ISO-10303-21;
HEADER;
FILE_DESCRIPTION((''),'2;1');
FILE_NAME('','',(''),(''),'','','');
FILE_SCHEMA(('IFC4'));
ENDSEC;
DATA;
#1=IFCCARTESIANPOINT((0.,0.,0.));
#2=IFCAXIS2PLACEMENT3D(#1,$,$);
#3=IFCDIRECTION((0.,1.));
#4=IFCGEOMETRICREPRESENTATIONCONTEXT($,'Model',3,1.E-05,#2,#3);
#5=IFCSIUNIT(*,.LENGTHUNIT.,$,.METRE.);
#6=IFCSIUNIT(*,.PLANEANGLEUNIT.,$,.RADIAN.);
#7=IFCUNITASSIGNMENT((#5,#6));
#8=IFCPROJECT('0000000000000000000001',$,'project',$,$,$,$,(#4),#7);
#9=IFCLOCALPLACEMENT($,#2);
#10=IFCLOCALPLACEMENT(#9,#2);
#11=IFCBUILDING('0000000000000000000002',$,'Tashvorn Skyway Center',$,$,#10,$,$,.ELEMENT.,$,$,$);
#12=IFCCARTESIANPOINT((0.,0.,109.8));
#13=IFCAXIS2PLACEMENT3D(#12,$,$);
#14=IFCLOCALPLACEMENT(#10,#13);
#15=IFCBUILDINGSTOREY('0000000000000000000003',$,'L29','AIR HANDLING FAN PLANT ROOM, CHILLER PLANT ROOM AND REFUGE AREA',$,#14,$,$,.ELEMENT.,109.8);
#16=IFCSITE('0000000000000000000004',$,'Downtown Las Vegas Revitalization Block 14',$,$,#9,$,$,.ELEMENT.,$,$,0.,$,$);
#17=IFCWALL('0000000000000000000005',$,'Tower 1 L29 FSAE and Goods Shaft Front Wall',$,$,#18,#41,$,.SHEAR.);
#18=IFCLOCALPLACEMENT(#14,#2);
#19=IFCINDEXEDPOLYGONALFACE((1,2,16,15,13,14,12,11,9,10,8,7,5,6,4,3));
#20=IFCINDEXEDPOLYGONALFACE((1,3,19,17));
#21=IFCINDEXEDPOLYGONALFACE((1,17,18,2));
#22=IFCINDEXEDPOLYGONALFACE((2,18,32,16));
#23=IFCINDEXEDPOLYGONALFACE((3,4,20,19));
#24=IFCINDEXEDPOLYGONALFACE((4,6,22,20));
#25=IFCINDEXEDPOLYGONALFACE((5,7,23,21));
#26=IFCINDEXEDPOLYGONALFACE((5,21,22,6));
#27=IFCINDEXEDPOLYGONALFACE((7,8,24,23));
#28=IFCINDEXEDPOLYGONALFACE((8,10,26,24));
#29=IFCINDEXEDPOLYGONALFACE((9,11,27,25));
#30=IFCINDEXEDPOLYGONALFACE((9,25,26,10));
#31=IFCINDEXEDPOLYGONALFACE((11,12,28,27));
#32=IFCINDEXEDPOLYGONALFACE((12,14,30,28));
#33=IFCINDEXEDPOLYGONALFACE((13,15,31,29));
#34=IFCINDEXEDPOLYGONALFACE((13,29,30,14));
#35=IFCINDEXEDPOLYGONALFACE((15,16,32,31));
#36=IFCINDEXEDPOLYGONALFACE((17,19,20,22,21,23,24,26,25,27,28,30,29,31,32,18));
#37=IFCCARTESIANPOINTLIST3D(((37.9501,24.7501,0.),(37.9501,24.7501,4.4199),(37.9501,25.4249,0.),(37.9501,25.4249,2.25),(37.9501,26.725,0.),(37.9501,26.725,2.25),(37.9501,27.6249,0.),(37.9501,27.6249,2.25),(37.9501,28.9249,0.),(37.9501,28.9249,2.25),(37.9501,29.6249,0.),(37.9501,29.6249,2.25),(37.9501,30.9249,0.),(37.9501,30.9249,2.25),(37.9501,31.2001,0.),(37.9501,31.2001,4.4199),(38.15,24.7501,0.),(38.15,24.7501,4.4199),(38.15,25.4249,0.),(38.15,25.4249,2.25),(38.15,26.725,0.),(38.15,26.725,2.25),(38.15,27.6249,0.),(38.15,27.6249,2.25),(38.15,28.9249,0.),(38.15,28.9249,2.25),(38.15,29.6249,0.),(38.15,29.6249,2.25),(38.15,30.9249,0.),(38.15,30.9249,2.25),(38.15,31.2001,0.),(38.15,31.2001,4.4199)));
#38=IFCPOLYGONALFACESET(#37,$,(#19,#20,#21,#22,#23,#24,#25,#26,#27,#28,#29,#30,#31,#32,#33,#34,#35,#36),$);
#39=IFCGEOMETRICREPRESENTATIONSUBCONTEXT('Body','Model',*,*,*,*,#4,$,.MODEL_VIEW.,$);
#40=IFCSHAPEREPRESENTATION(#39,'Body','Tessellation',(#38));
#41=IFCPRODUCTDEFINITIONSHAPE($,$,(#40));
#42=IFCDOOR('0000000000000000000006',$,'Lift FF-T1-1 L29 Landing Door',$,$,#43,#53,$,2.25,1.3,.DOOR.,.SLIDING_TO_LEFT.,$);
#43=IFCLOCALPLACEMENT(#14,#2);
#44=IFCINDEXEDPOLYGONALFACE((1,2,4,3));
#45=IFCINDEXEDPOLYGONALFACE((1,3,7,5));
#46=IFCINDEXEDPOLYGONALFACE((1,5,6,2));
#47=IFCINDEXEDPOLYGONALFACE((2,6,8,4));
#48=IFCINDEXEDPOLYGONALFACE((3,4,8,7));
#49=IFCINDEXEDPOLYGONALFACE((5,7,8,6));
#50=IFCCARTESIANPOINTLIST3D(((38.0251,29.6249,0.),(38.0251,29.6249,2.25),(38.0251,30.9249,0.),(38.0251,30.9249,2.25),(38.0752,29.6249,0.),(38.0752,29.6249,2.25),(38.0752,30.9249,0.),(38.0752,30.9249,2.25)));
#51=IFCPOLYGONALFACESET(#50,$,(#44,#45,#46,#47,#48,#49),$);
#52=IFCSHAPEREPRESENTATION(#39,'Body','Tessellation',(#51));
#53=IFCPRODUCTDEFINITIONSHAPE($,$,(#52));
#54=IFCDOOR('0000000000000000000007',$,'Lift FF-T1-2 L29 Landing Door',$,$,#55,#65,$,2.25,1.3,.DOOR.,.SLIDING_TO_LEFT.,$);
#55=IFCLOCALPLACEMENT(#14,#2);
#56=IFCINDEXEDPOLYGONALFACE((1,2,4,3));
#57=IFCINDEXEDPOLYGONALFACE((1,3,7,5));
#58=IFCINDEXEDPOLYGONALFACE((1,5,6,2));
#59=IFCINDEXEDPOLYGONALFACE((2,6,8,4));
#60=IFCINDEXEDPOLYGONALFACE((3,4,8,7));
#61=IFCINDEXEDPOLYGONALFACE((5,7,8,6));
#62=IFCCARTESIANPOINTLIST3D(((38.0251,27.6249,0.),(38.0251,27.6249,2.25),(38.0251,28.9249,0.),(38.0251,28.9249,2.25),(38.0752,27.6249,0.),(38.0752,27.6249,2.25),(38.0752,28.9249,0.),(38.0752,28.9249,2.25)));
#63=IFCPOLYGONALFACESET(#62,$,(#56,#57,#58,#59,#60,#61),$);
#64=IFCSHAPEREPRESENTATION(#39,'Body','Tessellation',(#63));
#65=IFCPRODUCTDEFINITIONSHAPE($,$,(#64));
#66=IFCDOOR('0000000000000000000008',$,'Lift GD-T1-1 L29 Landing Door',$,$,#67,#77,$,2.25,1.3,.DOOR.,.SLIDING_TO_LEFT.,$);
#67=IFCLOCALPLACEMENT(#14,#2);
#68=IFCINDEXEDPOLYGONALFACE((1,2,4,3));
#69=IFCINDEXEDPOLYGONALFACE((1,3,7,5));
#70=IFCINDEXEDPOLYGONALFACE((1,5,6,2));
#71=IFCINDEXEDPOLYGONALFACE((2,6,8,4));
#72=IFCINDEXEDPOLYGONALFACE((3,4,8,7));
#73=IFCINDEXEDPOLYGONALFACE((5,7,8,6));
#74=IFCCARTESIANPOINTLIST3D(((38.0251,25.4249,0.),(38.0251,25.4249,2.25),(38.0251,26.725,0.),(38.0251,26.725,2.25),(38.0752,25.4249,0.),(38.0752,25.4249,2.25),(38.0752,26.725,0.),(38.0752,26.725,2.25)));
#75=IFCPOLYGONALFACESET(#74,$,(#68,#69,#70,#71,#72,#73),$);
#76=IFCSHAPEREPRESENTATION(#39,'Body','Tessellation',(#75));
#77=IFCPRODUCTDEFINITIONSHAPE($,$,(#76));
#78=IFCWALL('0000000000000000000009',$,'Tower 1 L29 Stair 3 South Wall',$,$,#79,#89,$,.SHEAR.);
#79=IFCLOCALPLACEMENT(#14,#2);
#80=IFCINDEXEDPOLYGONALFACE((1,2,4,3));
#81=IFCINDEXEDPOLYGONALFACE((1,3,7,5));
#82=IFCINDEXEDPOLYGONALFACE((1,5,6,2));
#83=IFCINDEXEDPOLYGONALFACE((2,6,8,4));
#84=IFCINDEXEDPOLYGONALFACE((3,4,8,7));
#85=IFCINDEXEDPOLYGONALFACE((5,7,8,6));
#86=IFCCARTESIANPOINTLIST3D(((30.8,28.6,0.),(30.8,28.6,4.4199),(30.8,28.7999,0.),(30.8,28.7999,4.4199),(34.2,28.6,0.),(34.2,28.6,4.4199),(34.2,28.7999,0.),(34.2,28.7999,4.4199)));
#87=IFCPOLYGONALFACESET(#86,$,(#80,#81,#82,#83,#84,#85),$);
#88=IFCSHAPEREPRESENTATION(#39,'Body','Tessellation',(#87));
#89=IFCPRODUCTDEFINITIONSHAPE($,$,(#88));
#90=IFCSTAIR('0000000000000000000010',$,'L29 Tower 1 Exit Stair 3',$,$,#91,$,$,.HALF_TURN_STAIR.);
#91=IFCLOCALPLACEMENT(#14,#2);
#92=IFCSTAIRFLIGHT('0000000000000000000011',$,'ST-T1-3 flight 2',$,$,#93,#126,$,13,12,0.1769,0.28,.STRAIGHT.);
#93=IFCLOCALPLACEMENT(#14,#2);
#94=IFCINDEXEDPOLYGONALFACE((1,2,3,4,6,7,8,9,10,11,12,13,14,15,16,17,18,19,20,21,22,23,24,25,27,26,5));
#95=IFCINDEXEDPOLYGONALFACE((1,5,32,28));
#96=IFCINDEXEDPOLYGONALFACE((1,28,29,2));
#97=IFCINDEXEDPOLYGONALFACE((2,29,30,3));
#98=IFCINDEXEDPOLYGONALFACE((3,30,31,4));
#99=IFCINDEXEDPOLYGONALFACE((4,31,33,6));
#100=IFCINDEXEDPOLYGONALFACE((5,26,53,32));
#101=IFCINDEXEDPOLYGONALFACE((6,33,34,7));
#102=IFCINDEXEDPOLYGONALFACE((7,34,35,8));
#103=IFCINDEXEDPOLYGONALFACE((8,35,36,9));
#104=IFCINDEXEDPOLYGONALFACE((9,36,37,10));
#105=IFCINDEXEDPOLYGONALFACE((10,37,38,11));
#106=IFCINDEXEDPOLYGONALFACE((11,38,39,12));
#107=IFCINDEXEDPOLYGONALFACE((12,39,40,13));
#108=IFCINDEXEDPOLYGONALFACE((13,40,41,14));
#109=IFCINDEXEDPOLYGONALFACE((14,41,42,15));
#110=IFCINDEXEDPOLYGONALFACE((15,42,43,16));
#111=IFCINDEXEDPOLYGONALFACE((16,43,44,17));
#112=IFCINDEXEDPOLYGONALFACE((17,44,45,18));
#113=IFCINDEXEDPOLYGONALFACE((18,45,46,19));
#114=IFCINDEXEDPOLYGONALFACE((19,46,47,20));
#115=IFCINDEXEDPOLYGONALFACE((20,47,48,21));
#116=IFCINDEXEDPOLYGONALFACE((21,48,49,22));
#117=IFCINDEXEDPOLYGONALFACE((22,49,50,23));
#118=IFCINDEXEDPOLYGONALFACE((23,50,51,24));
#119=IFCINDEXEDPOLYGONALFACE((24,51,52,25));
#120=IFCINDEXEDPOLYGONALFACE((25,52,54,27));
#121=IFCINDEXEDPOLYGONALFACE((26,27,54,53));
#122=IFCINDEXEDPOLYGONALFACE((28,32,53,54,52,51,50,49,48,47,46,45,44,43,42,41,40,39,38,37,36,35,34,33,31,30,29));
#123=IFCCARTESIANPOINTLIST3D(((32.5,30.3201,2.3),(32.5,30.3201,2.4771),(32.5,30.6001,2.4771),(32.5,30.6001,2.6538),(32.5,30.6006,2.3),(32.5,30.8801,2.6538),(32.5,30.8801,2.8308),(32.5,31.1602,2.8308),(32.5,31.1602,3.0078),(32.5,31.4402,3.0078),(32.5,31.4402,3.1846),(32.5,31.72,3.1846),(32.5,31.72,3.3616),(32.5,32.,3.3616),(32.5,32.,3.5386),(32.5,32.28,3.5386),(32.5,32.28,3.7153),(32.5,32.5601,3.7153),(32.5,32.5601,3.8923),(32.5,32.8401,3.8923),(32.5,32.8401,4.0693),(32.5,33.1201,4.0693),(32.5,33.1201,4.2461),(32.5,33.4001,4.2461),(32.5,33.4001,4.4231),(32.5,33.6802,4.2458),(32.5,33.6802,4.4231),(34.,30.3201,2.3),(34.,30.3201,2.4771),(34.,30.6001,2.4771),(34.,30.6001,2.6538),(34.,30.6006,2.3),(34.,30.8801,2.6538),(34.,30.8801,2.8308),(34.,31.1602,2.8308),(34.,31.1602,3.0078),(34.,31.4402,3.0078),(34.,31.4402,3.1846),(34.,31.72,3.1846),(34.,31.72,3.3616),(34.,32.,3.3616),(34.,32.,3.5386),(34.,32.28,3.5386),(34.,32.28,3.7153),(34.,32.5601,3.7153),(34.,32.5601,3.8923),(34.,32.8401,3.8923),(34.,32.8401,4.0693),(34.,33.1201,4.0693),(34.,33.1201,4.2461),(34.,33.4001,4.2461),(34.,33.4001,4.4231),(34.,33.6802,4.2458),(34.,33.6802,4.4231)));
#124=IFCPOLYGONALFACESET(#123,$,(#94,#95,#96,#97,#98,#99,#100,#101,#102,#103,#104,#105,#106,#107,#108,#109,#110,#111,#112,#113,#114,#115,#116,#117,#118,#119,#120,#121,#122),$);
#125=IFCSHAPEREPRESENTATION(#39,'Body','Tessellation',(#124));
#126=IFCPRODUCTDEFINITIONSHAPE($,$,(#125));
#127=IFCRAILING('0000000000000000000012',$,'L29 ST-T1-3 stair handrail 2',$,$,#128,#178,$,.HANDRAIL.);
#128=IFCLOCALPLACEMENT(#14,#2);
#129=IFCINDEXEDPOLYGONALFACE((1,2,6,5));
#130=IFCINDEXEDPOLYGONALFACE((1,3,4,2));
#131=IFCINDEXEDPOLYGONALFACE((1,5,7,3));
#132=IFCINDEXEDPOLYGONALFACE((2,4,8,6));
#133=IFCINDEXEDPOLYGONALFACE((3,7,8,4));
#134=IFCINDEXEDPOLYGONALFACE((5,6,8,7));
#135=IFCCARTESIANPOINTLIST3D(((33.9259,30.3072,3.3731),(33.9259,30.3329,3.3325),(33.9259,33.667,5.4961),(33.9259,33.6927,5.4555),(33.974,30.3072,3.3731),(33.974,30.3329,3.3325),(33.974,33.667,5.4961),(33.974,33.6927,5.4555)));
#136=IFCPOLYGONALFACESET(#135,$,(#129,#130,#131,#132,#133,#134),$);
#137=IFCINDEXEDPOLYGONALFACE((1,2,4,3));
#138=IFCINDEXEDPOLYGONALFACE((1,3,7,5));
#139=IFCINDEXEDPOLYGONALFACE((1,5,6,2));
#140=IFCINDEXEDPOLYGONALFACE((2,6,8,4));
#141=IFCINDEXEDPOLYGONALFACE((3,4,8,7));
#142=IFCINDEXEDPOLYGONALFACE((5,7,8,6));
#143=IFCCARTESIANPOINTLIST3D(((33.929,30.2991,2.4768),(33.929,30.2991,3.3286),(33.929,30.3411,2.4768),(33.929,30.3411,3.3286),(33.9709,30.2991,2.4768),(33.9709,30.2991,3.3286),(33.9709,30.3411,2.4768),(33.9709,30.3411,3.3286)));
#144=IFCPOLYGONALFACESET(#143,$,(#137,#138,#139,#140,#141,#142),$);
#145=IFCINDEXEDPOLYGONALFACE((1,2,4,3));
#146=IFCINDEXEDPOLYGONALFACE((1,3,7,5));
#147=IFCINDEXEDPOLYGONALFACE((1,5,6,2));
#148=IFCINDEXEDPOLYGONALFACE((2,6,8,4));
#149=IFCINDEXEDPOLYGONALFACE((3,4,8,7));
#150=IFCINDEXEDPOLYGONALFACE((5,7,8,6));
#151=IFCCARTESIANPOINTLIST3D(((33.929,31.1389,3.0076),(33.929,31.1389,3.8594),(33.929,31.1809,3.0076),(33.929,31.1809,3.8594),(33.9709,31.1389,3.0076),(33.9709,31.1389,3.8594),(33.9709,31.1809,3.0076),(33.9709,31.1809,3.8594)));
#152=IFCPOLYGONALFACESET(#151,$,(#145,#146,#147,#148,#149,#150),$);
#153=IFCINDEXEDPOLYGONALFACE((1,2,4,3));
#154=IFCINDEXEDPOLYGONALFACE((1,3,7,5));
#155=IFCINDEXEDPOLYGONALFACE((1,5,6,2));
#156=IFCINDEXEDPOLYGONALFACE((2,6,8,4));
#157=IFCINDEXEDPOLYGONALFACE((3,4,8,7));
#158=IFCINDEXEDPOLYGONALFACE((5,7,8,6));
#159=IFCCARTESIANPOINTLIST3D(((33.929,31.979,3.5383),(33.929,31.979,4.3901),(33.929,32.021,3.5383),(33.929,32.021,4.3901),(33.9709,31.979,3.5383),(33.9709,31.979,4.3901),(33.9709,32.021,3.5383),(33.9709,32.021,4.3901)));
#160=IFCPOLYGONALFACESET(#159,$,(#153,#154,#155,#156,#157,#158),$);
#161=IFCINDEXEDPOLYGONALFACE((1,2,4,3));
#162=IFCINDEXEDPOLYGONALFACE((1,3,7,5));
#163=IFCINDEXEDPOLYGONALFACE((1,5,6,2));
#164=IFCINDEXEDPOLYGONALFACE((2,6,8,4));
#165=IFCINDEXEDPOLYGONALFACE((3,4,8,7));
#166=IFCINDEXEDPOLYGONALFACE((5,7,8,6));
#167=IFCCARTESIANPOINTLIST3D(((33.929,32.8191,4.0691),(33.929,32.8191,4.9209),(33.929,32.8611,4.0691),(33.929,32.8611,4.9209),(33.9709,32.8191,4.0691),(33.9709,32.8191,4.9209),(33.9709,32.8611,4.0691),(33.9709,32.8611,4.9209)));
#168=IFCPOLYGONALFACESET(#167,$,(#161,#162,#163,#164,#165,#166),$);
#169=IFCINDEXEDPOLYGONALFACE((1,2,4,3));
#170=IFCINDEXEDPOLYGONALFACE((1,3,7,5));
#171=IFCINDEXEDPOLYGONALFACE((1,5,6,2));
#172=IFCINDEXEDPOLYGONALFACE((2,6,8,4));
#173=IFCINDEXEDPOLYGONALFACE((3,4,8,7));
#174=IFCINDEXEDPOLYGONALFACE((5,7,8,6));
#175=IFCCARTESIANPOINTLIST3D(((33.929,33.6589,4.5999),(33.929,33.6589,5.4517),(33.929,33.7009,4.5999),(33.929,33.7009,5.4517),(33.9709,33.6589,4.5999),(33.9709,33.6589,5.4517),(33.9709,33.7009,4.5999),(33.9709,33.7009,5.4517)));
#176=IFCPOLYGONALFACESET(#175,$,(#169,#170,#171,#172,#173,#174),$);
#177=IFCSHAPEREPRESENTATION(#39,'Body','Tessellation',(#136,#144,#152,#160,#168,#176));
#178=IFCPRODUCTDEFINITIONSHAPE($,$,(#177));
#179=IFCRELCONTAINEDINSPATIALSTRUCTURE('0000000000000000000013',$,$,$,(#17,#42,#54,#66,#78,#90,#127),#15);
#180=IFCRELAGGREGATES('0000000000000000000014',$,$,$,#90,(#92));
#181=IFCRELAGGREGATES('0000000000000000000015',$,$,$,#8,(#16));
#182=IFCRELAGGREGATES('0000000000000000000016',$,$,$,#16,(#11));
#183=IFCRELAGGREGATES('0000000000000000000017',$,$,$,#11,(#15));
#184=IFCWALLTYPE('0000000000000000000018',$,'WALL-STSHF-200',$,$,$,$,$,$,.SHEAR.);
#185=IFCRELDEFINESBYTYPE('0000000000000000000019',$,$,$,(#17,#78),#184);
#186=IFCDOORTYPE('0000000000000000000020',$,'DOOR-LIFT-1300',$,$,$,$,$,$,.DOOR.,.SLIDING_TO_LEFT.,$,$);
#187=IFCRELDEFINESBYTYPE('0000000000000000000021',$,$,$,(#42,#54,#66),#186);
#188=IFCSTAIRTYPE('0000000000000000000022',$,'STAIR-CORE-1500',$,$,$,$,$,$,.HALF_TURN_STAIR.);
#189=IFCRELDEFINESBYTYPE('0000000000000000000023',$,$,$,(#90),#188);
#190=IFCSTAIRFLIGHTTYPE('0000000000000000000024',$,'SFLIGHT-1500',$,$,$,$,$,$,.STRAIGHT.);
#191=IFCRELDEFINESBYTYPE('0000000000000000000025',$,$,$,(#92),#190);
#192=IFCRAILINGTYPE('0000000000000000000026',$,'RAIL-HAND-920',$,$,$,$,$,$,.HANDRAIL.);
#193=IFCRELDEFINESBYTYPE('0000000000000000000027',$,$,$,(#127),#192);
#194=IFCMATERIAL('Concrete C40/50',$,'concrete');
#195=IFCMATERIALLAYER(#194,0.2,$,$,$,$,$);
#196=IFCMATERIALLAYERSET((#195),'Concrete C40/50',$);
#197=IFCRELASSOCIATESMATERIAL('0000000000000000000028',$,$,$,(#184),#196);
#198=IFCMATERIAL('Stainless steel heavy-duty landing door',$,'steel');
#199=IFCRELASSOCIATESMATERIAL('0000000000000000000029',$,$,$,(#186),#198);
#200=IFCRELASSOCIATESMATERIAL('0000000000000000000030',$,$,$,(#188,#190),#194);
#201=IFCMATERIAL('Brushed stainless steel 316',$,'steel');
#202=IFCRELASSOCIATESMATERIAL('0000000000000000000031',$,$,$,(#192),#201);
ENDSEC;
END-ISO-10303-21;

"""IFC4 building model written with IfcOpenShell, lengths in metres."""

from ifc_helpers import new_model, si_unit, direction, frame, frame_2d, origin, origin_2d, place, context, subcontext, project, spatial, polyline, rectangle, outline, extrude, material, layer, layer_set, type_object, element, fill, aggregate, save


model = new_model("IFC4")

# Units and contexts
model_context = context("Model", 3, precision=1e-05, world=origin(), true_north=direction((0.0, 1.0)))
body_context = subcontext(model_context, "Body", "Model", "MODEL_VIEW")
ifc_project = project(units=[si_unit("LENGTHUNIT", "METRE"), si_unit("PLANEANGLEUNIT", "RADIAN")], contexts=[model_context])

# Site, building, storey
site_placement = place(None, origin())
site = spatial("IfcSite", under=ifc_project, at=site_placement, Name="Downtown Las Vegas Revitalization Block 14", CompositionType="ELEMENT", RefElevation=0.0)
building_placement = place(site_placement, origin())
building = spatial("IfcBuilding", under=site, at=building_placement, Name="Tashvorn Skyway Center", CompositionType="ELEMENT")
storey_placement = place(building_placement, frame((0.0, 0.0, 109.8)))
storey = spatial("IfcBuildingStorey", under=building, at=storey_placement, Name="L29", Description="AIR HANDLING FAN PLANT ROOM, CHILLER PLANT ROOM AND REFUGE AREA", CompositionType="ELEMENT", Elevation=109.8)

# Shared definitions
ifc_material_1 = material(Name="Concrete C40/50", Category="concrete")

# Shared definitions
ifc_layer_1 = layer(ifc_material_1, 0.2)
ifc_layer_set_1 = layer_set([ifc_layer_1], Name="Concrete C40/50")
wall_type_1 = type_object("IfcWallType", Name="WALL-STSHF-200", PredefinedType="SHEAR", material=ifc_layer_set_1)

# Wall, openings, doors
wall_1_placement = place(storey_placement, frame((38.05, 24.75, 0.0), z_axis=(0.0, 0.0, 1.0), x_axis=(0.0, 1.0, 0.0)))
wall_1 = element("IfcWall", 1, at=wall_1_placement, inside=storey, type_object=wall_type_1, Name="Tower 1 L29 FSAE and Goods Shaft Front Wall", PredefinedType="SHEAR", context=body_context, shape_type="SweptSolid", body=[
    extrude(rectangle(XDim=6.45, YDim=0.2, at=frame_2d((3.2251, 0.0))), origin(), (0.0, 0.0, 1.0), 4.4199),
])
opening_1_placement = place(wall_1_placement, frame((4.875, 0.0, 0.0)))
opening_1 = element("IfcOpeningElement", 2, at=opening_1_placement, cuts=wall_1, PredefinedType="OPENING", context=body_context, shape_type="SweptSolid", body=[
    extrude(rectangle(XDim=1.3, YDim=2.25, at=frame_2d((0.6499, 1.125))), frame((0.0, 0.1099, 0.0), z_axis=(0.0, -1.0, 0.0), x_axis=(1.0, 0.0, 0.0)), (0.0, 0.0, 1.0), 0.22),
])
opening_2_placement = place(wall_1_placement, frame((2.875, 0.0, 0.0)))
opening_2 = element("IfcOpeningElement", 3, at=opening_2_placement, cuts=wall_1, PredefinedType="OPENING", context=body_context, shape_type="SweptSolid", body=[
    extrude(rectangle(XDim=1.3, YDim=2.25, at=frame_2d((0.6499, 1.125))), frame((0.0, 0.1099, 0.0), z_axis=(0.0, -1.0, 0.0), x_axis=(1.0, 0.0, 0.0)), (0.0, 0.0, 1.0), 0.22),
])
opening_3_placement = place(wall_1_placement, frame((0.675, 0.0, 0.0)))
opening_3 = element("IfcOpeningElement", 4, at=opening_3_placement, cuts=wall_1, PredefinedType="OPENING", context=body_context, shape_type="SweptSolid", body=[
    extrude(rectangle(XDim=1.3, YDim=2.25, at=frame_2d((0.6499, 1.125))), frame((0.0, 0.1099, 0.0), z_axis=(0.0, -1.0, 0.0), x_axis=(1.0, 0.0, 0.0)), (0.0, 0.0, 1.0), 0.22),
])
ifc_material_2 = material(Name="Stainless steel heavy-duty landing door", Category="steel")
door_type_1 = type_object("IfcDoorType", Name="DOOR-LIFT-1300", OperationType="SLIDING_TO_LEFT", PredefinedType="DOOR", material=ifc_material_2)
door_1_placement = place(opening_1_placement, origin())
door_1 = element("IfcDoor", 5, at=door_1_placement, inside=storey, type_object=door_type_1, Name="Lift FF-T1-1 L29 Landing Door", OperationType="SLIDING_TO_LEFT", OverallHeight=2.25, OverallWidth=1.3, PredefinedType="DOOR", context=body_context, shape_type="SweptSolid", body=[
    extrude(rectangle(XDim=1.3, YDim=2.25, at=frame_2d((0.6499, 1.125))), frame((0.0, 0.0249, 0.0), z_axis=(0.0, -1.0, 0.0), x_axis=(1.0, 0.0, 0.0)), (0.0, 0.0, 1.0), 0.05),
])
fill(opening_1, door_1)
door_2_placement = place(opening_2_placement, origin())
door_2 = element("IfcDoor", 6, at=door_2_placement, inside=storey, type_object=door_type_1, Name="Lift FF-T1-2 L29 Landing Door", OperationType="SLIDING_TO_LEFT", OverallHeight=2.25, OverallWidth=1.3, PredefinedType="DOOR", context=body_context, shape_type="SweptSolid", body=[
    extrude(rectangle(XDim=1.3, YDim=2.25, at=frame_2d((0.6499, 1.125))), frame((0.0, 0.0249, 0.0), z_axis=(0.0, -1.0, 0.0), x_axis=(1.0, 0.0, 0.0)), (0.0, 0.0, 1.0), 0.05),
])
fill(opening_2, door_2)
door_3_placement = place(opening_3_placement, origin())
door_3 = element("IfcDoor", 7, at=door_3_placement, inside=storey, type_object=door_type_1, Name="Lift GD-T1-1 L29 Landing Door", OperationType="SLIDING_TO_LEFT", OverallHeight=2.25, OverallWidth=1.3, PredefinedType="DOOR", context=body_context, shape_type="SweptSolid", body=[
    extrude(rectangle(XDim=1.3, YDim=2.25, at=frame_2d((0.6499, 1.125))), frame((0.0, 0.0249, 0.0), z_axis=(0.0, -1.0, 0.0), x_axis=(1.0, 0.0, 0.0)), (0.0, 0.0, 1.0), 0.05),
])
fill(opening_3, door_3)

# Wall
wall_2_placement = place(storey_placement, frame((30.8, 28.7, 0.0), z_axis=(0.0, 0.0, 1.0), x_axis=(1.0, 0.0, 0.0)))
element("IfcWall", 8, at=wall_2_placement, inside=storey, type_object=wall_type_1, Name="Tower 1 L29 Stair 3 South Wall", PredefinedType="SHEAR", context=body_context, shape_type="SweptSolid", body=[
    extrude(rectangle(XDim=3.3999, YDim=0.2, at=frame_2d((1.7, 0.0))), origin(), (0.0, 0.0, 1.0), 4.4199),
])

# Stair, stair flight
stair_type = type_object("IfcStairType", Name="STAIR-CORE-1500", PredefinedType="HALF_TURN_STAIR", material=ifc_material_1)
stair_placement = place(storey_placement, origin())
stair = element("IfcStair", 9, at=stair_placement, inside=storey, type_object=stair_type, Name="L29 Tower 1 Exit Stair 3", PredefinedType="HALF_TURN_STAIR")
stair_flight_type = type_object("IfcStairFlightType", Name="SFLIGHT-1500", PredefinedType="STRAIGHT", material=ifc_material_1)
stair_flight_placement = place(storey_placement, frame((33.25, 30.3201, 2.3), z_axis=(0.0, 0.0, 1.0), x_axis=(0.0, 1.0, 0.0)))
stair_flight = element("IfcStairFlight", 10, at=stair_flight_placement, type_object=stair_flight_type, Name="ST-T1-3 flight 2", NumberOfRisers=13, NumberOfTreads=12, PredefinedType="STRAIGHT", RiserHeight=0.1769, TreadLength=0.28, context=body_context, shape_type="SweptSolid", body=[
    extrude(outline(polyline([(0.0, 0.0), (0.0, 0.177), (0.28, 0.177), (0.28, 0.3538), (0.5601, 0.3538), (0.5601, 0.5308), (0.8401, 0.5308), (0.8401, 0.7078), (1.1201, 0.7078), (1.1201, 0.8845), (1.3999, 0.8845), (1.3999, 1.0615), (1.6799, 1.0615), (1.6799, 1.2385), (1.96, 1.2385), (1.96, 1.4153), (2.24, 1.4153), (2.24, 1.5923), (2.52, 1.5923), (2.52, 1.7693), (2.8, 1.7693), (2.8, 1.946), (3.0801, 1.946), (3.0801, 2.123), (3.3601, 2.123), (3.3601, 2.3), (3.3601, 1.9458), (0.2805, 0.0), (0.0, 0.0)])), frame((0.0, 0.75, 0.0), z_axis=(0.0, -1.0, 0.0), x_axis=(1.0, 0.0, 0.0)), (0.0, 0.0, 1.0), 1.5),
])
aggregate(stair, [stair_flight])

# Railing
ifc_material_3 = material(Name="Brushed stainless steel 316", Category="steel")
railing_type_1 = type_object("IfcRailingType", Name="RAIL-HAND-920", PredefinedType="HANDRAIL", material=ifc_material_3)
railing_1_placement = place(storey_placement, frame((33.95, 30.3201, 2.4768)))
element("IfcRailing", 11, at=railing_1_placement, inside=storey, type_object=railing_type_1, Name="L29 ST-T1-3 stair handrail 2", PredefinedType="HANDRAIL", context=body_context, shape_type="SweptSolid", body=[
    extrude(rectangle(XDim=0.0481, YDim=0.0481, at=origin_2d()), frame((0.0, 0.0, 0.876), z_axis=(0.0, 0.845372, 0.534178), x_axis=(-1.0, 0.0, 0.0)), (0.0, 0.0, 1.0), 3.9744),
    extrude(rectangle(XDim=0.042, YDim=0.042, at=origin_2d()), origin(), (0.0, 0.0, 1.0), 0.8518),
    extrude(rectangle(XDim=0.042, YDim=0.042, at=origin_2d()), frame((0.0, 0.8398, 0.5308)), (0.0, 0.0, 1.0), 0.8518),
    extrude(rectangle(XDim=0.042, YDim=0.042, at=origin_2d()), frame((0.0, 1.6799, 1.0615)), (0.0, 0.0, 1.0), 0.8518),
    extrude(rectangle(XDim=0.042, YDim=0.042, at=origin_2d()), frame((0.0, 2.52, 1.5923)), (0.0, 0.0, 1.0), 0.8518),
    extrude(rectangle(XDim=0.042, YDim=0.042, at=origin_2d()), frame((0.0, 3.3599, 2.123)), (0.0, 0.0, 1.0), 0.8518),
])

save(model, "model.ifc")
